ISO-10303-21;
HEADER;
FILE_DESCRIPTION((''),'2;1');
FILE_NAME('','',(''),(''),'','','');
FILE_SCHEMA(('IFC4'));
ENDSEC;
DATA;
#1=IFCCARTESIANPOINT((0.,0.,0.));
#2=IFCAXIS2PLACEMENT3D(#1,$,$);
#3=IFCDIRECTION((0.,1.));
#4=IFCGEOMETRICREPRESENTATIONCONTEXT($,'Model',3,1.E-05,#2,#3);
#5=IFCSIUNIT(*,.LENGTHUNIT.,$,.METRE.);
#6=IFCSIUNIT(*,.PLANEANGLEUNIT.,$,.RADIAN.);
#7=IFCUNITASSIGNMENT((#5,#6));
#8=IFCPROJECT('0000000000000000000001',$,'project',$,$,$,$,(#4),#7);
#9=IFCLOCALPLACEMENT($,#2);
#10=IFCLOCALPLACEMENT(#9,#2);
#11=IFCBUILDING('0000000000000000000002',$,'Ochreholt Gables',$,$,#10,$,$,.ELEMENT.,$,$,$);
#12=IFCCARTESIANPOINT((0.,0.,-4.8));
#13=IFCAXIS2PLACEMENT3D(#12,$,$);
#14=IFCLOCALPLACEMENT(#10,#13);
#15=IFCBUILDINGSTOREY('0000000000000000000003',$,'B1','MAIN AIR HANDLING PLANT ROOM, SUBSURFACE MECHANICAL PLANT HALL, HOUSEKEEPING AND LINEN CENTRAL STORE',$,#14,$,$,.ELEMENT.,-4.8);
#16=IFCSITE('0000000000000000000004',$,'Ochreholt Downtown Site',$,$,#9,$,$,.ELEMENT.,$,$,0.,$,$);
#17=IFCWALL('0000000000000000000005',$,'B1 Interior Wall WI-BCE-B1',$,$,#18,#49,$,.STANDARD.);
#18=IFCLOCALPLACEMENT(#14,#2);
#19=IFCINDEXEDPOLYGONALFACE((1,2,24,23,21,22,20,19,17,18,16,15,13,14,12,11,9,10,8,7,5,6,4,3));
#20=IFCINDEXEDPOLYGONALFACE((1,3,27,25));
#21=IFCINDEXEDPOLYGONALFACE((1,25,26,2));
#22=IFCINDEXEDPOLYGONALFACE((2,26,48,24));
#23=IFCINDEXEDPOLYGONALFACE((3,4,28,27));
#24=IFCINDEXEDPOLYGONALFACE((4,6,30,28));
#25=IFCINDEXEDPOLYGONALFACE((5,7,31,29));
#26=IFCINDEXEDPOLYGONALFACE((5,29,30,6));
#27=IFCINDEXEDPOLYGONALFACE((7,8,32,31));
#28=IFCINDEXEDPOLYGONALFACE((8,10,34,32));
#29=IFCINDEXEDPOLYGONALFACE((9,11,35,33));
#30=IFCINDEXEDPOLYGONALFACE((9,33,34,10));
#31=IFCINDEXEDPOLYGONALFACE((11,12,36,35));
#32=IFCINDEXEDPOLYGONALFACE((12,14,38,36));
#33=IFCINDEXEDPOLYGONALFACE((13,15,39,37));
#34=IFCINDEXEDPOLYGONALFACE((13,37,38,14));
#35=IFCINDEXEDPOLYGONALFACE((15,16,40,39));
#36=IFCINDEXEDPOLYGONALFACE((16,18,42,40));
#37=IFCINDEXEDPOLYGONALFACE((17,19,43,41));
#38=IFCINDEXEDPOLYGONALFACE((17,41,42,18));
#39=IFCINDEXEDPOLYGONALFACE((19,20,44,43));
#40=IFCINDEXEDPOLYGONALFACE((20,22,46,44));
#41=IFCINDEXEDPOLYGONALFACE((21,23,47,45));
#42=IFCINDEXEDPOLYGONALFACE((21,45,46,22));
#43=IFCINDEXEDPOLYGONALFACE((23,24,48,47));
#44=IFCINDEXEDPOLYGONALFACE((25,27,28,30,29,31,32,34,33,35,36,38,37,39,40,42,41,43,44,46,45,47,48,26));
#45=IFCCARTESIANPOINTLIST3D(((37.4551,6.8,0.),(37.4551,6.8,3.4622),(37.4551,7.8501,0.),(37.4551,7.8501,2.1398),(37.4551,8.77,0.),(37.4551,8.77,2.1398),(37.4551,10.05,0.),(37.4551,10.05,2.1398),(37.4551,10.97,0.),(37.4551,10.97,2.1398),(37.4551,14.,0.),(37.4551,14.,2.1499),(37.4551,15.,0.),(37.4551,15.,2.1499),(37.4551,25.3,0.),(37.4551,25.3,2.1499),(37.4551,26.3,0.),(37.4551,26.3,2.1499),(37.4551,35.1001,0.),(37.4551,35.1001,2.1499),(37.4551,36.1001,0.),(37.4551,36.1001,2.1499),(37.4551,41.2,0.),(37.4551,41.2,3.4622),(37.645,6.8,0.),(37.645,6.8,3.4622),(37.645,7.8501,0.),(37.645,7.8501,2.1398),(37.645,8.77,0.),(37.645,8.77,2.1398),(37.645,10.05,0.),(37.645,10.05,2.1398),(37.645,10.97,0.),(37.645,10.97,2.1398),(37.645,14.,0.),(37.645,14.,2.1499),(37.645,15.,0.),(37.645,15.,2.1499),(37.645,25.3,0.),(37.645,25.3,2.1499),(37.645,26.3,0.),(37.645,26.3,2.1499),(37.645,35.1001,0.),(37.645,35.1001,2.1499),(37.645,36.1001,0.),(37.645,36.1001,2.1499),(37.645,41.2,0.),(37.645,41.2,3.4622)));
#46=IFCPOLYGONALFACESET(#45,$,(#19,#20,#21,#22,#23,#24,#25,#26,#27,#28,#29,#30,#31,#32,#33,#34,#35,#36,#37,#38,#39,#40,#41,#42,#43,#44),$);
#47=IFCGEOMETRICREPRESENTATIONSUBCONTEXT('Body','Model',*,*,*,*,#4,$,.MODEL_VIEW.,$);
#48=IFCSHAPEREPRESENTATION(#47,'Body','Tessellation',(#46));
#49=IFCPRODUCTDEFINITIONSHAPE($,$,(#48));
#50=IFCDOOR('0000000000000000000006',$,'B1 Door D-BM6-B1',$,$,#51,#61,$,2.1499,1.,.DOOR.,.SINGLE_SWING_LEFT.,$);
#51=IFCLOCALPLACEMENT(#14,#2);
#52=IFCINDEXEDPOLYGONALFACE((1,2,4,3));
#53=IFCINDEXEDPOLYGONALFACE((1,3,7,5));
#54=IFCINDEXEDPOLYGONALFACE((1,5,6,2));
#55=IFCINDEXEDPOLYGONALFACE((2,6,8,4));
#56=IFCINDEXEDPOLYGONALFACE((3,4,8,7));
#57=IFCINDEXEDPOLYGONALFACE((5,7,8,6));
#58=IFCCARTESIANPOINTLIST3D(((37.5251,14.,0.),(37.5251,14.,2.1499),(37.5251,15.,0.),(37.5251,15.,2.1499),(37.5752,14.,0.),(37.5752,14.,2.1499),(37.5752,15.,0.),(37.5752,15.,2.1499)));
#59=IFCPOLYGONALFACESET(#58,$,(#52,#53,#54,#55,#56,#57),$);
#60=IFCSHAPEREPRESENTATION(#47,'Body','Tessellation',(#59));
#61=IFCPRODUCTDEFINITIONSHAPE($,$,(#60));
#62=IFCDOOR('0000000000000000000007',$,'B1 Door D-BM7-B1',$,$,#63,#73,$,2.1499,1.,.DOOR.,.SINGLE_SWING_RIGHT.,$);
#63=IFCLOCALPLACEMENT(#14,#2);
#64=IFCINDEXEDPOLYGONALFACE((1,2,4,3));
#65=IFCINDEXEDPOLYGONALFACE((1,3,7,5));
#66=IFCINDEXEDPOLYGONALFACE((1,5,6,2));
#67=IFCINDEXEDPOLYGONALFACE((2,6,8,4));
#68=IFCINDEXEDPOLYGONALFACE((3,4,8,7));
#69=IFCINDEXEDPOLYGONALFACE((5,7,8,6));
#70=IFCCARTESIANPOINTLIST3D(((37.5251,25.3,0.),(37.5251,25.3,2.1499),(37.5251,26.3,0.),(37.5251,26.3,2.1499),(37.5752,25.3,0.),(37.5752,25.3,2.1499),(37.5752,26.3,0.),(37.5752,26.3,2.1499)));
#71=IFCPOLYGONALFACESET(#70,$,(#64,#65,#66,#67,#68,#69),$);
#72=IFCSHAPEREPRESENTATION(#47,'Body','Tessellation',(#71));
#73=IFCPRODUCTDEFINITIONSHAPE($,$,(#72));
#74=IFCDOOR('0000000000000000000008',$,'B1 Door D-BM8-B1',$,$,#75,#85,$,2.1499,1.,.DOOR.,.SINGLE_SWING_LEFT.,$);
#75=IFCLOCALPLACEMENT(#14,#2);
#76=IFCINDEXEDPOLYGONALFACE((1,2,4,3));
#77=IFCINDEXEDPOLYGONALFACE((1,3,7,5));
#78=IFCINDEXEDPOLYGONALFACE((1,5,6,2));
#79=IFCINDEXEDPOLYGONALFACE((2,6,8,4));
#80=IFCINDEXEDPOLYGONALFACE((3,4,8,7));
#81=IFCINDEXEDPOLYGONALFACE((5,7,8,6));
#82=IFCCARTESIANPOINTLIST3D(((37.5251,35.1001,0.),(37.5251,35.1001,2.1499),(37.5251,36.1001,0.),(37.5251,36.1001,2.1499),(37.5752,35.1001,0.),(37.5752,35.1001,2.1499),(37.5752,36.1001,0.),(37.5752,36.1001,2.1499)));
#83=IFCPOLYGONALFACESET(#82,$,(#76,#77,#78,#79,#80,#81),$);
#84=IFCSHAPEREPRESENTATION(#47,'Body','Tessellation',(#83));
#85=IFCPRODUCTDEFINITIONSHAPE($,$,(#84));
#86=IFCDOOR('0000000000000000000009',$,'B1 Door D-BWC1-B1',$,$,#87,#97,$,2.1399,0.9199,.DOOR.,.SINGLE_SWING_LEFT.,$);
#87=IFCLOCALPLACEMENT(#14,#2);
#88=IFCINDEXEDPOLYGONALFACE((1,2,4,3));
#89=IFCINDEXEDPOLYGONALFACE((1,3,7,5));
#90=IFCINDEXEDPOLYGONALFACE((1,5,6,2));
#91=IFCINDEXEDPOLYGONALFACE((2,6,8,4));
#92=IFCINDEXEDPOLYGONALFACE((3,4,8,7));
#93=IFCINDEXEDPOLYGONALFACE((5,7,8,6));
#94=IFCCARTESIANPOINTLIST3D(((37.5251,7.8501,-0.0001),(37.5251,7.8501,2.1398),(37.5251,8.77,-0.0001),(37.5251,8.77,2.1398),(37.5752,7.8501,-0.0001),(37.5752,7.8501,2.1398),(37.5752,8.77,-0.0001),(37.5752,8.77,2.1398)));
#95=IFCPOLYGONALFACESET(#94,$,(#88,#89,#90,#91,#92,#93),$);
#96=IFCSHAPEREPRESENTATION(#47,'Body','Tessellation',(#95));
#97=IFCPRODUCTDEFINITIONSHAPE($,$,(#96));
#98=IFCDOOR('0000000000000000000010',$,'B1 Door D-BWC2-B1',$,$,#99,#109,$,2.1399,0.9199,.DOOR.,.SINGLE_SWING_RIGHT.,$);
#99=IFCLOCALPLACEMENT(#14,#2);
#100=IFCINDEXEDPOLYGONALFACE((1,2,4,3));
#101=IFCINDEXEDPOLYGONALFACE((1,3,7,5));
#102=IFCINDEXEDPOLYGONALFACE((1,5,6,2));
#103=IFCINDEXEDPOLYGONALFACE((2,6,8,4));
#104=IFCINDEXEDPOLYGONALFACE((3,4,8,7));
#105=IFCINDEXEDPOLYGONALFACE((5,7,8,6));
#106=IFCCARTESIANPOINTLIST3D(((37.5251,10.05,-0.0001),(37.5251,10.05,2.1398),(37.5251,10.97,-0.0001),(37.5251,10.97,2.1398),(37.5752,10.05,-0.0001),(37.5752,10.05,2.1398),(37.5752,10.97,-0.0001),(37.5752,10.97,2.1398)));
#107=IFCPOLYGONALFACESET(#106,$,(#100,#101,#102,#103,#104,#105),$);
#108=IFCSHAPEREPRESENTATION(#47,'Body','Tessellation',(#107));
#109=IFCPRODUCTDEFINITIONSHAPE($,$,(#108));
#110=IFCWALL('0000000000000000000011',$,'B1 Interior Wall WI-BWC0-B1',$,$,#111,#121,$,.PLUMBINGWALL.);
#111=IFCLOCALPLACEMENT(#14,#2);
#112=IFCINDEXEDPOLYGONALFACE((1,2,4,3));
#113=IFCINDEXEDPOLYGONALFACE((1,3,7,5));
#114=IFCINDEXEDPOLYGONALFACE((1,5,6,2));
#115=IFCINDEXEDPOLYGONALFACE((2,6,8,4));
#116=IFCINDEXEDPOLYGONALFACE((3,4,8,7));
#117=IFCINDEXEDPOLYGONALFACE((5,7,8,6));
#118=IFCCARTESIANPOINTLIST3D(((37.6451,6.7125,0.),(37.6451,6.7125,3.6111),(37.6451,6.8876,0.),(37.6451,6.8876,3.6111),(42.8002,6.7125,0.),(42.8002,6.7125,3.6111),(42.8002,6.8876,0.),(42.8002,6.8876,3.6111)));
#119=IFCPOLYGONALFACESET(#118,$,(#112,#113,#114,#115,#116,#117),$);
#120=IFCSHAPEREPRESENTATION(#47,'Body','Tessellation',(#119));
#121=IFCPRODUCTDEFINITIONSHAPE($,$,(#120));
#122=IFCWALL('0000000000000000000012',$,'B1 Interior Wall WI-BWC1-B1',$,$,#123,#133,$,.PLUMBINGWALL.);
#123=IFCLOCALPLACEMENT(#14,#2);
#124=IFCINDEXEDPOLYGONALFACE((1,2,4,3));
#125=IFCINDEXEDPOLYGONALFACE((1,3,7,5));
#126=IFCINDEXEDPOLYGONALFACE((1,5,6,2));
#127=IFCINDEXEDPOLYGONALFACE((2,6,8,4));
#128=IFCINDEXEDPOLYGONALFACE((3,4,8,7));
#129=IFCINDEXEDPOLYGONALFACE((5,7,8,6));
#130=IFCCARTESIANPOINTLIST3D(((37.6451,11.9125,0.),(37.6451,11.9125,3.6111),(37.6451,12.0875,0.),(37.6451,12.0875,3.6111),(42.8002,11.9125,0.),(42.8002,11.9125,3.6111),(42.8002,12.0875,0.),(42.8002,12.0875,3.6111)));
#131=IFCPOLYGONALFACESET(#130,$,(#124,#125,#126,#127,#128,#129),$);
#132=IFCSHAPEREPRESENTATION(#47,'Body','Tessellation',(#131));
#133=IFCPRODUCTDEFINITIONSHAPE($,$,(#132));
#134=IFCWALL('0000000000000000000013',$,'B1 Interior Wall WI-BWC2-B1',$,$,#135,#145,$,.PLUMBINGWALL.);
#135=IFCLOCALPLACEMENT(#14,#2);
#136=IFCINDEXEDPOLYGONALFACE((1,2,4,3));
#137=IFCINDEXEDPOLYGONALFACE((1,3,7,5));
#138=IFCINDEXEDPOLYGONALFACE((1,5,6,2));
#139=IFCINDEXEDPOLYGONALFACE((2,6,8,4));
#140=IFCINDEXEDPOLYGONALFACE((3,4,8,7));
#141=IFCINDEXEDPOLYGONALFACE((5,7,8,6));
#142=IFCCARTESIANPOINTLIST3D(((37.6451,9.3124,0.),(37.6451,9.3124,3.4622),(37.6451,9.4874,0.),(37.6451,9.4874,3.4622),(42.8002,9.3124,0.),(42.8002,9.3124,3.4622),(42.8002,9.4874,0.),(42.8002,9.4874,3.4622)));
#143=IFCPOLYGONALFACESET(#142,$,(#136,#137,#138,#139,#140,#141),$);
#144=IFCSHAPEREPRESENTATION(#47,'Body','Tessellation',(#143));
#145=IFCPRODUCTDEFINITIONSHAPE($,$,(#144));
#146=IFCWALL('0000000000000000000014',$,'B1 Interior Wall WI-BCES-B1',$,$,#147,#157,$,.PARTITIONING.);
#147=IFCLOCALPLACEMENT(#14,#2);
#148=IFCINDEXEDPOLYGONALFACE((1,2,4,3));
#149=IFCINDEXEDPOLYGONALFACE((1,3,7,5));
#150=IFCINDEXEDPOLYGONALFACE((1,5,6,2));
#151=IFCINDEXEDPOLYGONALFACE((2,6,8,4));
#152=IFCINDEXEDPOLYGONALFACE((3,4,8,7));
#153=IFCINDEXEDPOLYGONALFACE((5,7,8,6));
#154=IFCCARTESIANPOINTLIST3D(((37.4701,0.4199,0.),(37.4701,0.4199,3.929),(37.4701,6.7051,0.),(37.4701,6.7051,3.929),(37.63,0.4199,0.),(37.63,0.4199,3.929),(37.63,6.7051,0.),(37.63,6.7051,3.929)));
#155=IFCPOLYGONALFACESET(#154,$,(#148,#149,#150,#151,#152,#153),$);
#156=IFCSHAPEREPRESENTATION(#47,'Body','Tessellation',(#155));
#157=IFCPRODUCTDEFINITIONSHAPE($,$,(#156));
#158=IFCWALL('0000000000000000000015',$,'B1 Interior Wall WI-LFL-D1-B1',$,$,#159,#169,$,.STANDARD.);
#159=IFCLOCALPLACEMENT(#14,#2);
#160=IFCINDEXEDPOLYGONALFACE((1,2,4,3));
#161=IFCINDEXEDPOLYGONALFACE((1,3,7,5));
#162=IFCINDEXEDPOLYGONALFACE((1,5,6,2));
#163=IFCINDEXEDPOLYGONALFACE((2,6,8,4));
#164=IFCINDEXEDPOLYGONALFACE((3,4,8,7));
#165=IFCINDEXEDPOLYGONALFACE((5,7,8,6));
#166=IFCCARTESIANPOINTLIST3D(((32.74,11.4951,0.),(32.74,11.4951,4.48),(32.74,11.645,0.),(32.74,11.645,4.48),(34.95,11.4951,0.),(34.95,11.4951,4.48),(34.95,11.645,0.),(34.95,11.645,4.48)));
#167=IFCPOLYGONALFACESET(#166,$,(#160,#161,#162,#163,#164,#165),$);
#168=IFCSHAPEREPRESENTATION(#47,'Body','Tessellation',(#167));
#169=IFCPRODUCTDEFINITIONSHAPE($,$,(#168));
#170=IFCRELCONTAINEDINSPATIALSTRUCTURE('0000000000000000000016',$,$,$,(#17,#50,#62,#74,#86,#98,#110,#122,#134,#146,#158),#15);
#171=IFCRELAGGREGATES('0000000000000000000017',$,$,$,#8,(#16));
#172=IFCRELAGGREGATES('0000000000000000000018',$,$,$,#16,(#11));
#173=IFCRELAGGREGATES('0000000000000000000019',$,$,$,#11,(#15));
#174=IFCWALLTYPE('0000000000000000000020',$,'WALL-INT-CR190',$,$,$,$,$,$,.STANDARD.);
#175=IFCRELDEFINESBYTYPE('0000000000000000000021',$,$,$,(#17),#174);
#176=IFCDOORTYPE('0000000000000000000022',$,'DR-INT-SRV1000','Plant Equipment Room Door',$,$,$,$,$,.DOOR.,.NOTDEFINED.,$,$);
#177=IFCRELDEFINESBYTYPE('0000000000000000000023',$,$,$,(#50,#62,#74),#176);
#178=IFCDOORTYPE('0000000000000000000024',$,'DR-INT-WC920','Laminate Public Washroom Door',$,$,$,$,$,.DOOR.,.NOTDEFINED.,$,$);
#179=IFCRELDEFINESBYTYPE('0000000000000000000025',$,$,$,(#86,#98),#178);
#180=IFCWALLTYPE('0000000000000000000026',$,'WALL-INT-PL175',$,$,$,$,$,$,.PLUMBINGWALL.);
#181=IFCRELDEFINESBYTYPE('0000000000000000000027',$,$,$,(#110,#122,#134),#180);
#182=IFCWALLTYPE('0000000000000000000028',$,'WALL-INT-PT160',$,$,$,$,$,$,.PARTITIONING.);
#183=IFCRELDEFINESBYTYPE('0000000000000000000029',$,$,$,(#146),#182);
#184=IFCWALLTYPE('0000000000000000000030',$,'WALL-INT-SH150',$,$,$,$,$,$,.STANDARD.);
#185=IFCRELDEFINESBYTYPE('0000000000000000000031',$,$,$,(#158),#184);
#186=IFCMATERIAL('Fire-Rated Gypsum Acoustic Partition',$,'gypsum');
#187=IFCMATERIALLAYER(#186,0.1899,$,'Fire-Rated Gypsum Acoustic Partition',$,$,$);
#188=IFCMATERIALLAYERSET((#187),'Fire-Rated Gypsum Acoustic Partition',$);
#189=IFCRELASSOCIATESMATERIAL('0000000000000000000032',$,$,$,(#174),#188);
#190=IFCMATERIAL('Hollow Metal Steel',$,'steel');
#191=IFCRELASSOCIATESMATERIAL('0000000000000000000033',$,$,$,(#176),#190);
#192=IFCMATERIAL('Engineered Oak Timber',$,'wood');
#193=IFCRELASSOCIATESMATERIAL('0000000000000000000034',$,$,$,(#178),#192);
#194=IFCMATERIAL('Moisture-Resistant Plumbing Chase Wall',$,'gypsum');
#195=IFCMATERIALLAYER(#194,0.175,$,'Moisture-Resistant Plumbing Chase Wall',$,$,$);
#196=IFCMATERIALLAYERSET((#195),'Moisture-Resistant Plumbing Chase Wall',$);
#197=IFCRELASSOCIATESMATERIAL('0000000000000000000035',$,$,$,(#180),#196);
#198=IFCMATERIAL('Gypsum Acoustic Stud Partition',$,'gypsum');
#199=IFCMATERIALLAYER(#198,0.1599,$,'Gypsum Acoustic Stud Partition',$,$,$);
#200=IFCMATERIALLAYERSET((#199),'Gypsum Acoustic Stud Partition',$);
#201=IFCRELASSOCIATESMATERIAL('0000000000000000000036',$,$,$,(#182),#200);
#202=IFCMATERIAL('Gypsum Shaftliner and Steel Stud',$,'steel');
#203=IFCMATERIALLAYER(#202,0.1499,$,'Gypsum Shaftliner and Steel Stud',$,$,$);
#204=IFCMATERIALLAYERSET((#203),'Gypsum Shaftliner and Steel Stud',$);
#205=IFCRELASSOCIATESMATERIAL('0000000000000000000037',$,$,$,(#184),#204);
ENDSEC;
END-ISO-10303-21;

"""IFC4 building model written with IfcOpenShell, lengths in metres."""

from ifc_helpers import new_model, si_unit, direction, frame, frame_2d, origin, place, context, subcontext, project, spatial, rectangle, extrude, material, layer, layer_set, type_object, element, fill, save


model = new_model("IFC4")

# Units and contexts
model_context = context("Model", 3, precision=1e-05, world=origin(), true_north=direction((0.0, 1.0)))
body_context = subcontext(model_context, "Body", "Model", "MODEL_VIEW")
ifc_project = project(units=[si_unit("LENGTHUNIT", "METRE"), si_unit("PLANEANGLEUNIT", "RADIAN")], contexts=[model_context])

# Site, building, storey
site_placement = place(None, origin())
site = spatial("IfcSite", under=ifc_project, at=site_placement, Name="Ochreholt Downtown Site", CompositionType="ELEMENT", RefElevation=0.0)
building_placement = place(site_placement, origin())
building = spatial("IfcBuilding", under=site, at=building_placement, Name="Ochreholt Gables", CompositionType="ELEMENT")
storey_placement = place(building_placement, frame((0.0, 0.0, -4.8)))
storey = spatial("IfcBuildingStorey", under=building, at=storey_placement, Name="B1", Description="MAIN AIR HANDLING PLANT ROOM, SUBSURFACE MECHANICAL PLANT HALL, HOUSEKEEPING AND LINEN CENTRAL STORE", CompositionType="ELEMENT", Elevation=-4.8)

# Wall, openings, doors
ifc_material_1 = material(Name="Fire-Rated Gypsum Acoustic Partition", Category="gypsum")
ifc_layer_1 = layer(ifc_material_1, 0.1899, Name="Fire-Rated Gypsum Acoustic Partition")
ifc_layer_set_1 = layer_set([ifc_layer_1], Name="Fire-Rated Gypsum Acoustic Partition")
wall_type_1 = type_object("IfcWallType", Name="WALL-INT-CR190", PredefinedType="STANDARD", material=ifc_layer_set_1)
wall_1_placement = place(storey_placement, frame((37.55, 6.8, 0.0), z_axis=(0.0, 0.0, 1.0), x_axis=(0.0, 1.0, 0.0)))
wall_1 = element("IfcWall", 1, at=wall_1_placement, inside=storey, type_object=wall_type_1, Name="B1 Interior Wall WI-BCE-B1", PredefinedType="STANDARD", context=body_context, shape_type="SweptSolid", body=[
    extrude(rectangle(XDim=34.3999, YDim=0.1899, at=frame_2d((17.2, 0.0))), origin(), (0.0, 0.0, 1.0), 3.4622),
])
opening_1_placement = place(wall_1_placement, frame((1.05, 0.0, 0.0)))
opening_1 = element("IfcOpeningElement", 2, at=opening_1_placement, cuts=wall_1, PredefinedType="OPENING", context=body_context, shape_type="SweptSolid", body=[
    extrude(rectangle(XDim=0.9199, YDim=2.1399, at=frame_2d((0.46, 1.0698))), frame((0.0, 0.105, 0.0), z_axis=(0.0, -1.0, 0.0), x_axis=(1.0, 0.0, 0.0)), (0.0, 0.0, 1.0), 0.21),
])
opening_2_placement = place(wall_1_placement, frame((3.25, 0.0, 0.0)))
opening_2 = element("IfcOpeningElement", 3, at=opening_2_placement, cuts=wall_1, PredefinedType="OPENING", context=body_context, shape_type="SweptSolid", body=[
    extrude(rectangle(XDim=0.9199, YDim=2.1399, at=frame_2d((0.46, 1.0698))), frame((0.0, 0.105, 0.0), z_axis=(0.0, -1.0, 0.0), x_axis=(1.0, 0.0, 0.0)), (0.0, 0.0, 1.0), 0.21),
])
opening_3_placement = place(wall_1_placement, frame((7.2, 0.0, 0.0)))
opening_3 = element("IfcOpeningElement", 4, at=opening_3_placement, cuts=wall_1, PredefinedType="OPENING", context=body_context, shape_type="SweptSolid", body=[
    extrude(rectangle(XDim=1.0, YDim=2.1499, at=frame_2d((0.5, 1.075))), frame((0.0, 0.105, 0.0), z_axis=(0.0, -1.0, 0.0), x_axis=(1.0, 0.0, 0.0)), (0.0, 0.0, 1.0), 0.21),
])
opening_4_placement = place(wall_1_placement, frame((18.5, 0.0, 0.0)))
opening_4 = element("IfcOpeningElement", 5, at=opening_4_placement, cuts=wall_1, PredefinedType="OPENING", context=body_context, shape_type="SweptSolid", body=[
    extrude(rectangle(XDim=1.0, YDim=2.1499, at=frame_2d((0.5, 1.075))), frame((0.0, 0.105, 0.0), z_axis=(0.0, -1.0, 0.0), x_axis=(1.0, 0.0, 0.0)), (0.0, 0.0, 1.0), 0.21),
])
opening_5_placement = place(wall_1_placement, frame((28.3, 0.0, 0.0)))
opening_5 = element("IfcOpeningElement", 6, at=opening_5_placement, cuts=wall_1, PredefinedType="OPENING", context=body_context, shape_type="SweptSolid", body=[
    extrude(rectangle(XDim=1.0, YDim=2.1499, at=frame_2d((0.5, 1.075))), frame((0.0, 0.105, 0.0), z_axis=(0.0, -1.0, 0.0), x_axis=(1.0, 0.0, 0.0)), (0.0, 0.0, 1.0), 0.21),
])
ifc_material_2 = material(Name="Hollow Metal Steel", Category="steel")
door_type_1 = type_object("IfcDoorType", Name="DR-INT-SRV1000", Description="Plant Equipment Room Door", OperationType="NOTDEFINED", PredefinedType="DOOR", material=ifc_material_2)
door_1_placement = place(opening_3_placement, origin())
door_1 = element("IfcDoor", 7, at=door_1_placement, inside=storey, type_object=door_type_1, Name="B1 Door D-BM6-B1", OperationType="SINGLE_SWING_LEFT", OverallHeight=2.1499, OverallWidth=1.0, PredefinedType="DOOR", context=body_context, shape_type="SweptSolid", body=[
    extrude(rectangle(XDim=1.0, YDim=2.1499, at=frame_2d((0.5, 1.075))), frame((0.0, 0.0249, 0.0), z_axis=(0.0, -1.0, 0.0), x_axis=(1.0, 0.0, 0.0)), (0.0, 0.0, 1.0), 0.05),
])
fill(opening_3, door_1)
door_2_placement = place(opening_4_placement, origin())
door_2 = element("IfcDoor", 8, at=door_2_placement, inside=storey, type_object=door_type_1, Name="B1 Door D-BM7-B1", OperationType="SINGLE_SWING_RIGHT", OverallHeight=2.1499, OverallWidth=1.0, PredefinedType="DOOR", context=body_context, shape_type="SweptSolid", body=[
    extrude(rectangle(XDim=1.0, YDim=2.1499, at=frame_2d((0.5, 1.075))), frame((0.0, 0.0249, 0.0), z_axis=(0.0, -1.0, 0.0), x_axis=(1.0, 0.0, 0.0)), (0.0, 0.0, 1.0), 0.05),
])
fill(opening_4, door_2)
door_3_placement = place(opening_5_placement, origin())
door_3 = element("IfcDoor", 9, at=door_3_placement, inside=storey, type_object=door_type_1, Name="B1 Door D-BM8-B1", OperationType="SINGLE_SWING_LEFT", OverallHeight=2.1499, OverallWidth=1.0, PredefinedType="DOOR", context=body_context, shape_type="SweptSolid", body=[
    extrude(rectangle(XDim=1.0, YDim=2.1499, at=frame_2d((0.5, 1.075))), frame((0.0, 0.0249, 0.0), z_axis=(0.0, -1.0, 0.0), x_axis=(1.0, 0.0, 0.0)), (0.0, 0.0, 1.0), 0.05),
])
fill(opening_5, door_3)
ifc_material_3 = material(Name="Engineered Oak Timber", Category="wood")
door_type_2 = type_object("IfcDoorType", Name="DR-INT-WC920", Description="Laminate Public Washroom Door", OperationType="NOTDEFINED", PredefinedType="DOOR", material=ifc_material_3)
door_4_placement = place(opening_1_placement, origin())
door_4 = element("IfcDoor", 10, at=door_4_placement, inside=storey, type_object=door_type_2, Name="B1 Door D-BWC1-B1", OperationType="SINGLE_SWING_LEFT", OverallHeight=2.1399, OverallWidth=0.9199, PredefinedType="DOOR", context=body_context, shape_type="SweptSolid", body=[
    extrude(rectangle(XDim=0.9199, YDim=2.1399, at=frame_2d((0.46, 1.0698))), frame((0.0, 0.0249, 0.0), z_axis=(0.0, -1.0, 0.0), x_axis=(1.0, 0.0, 0.0)), (0.0, 0.0, 1.0), 0.05),
])
fill(opening_1, door_4)
door_5_placement = place(opening_2_placement, origin())
door_5 = element("IfcDoor", 11, at=door_5_placement, inside=storey, type_object=door_type_2, Name="B1 Door D-BWC2-B1", OperationType="SINGLE_SWING_RIGHT", OverallHeight=2.1399, OverallWidth=0.9199, PredefinedType="DOOR", context=body_context, shape_type="SweptSolid", body=[
    extrude(rectangle(XDim=0.9199, YDim=2.1399, at=frame_2d((0.46, 1.0698))), frame((0.0, 0.0249, 0.0), z_axis=(0.0, -1.0, 0.0), x_axis=(1.0, 0.0, 0.0)), (0.0, 0.0, 1.0), 0.05),
])
fill(opening_2, door_5)

# Walls
ifc_material_4 = material(Name="Moisture-Resistant Plumbing Chase Wall", Category="gypsum")
ifc_layer_2 = layer(ifc_material_4, 0.175, Name="Moisture-Resistant Plumbing Chase Wall")
ifc_layer_set_2 = layer_set([ifc_layer_2], Name="Moisture-Resistant Plumbing Chase Wall")
wall_type_2 = type_object("IfcWallType", Name="WALL-INT-PL175", PredefinedType="PLUMBINGWALL", material=ifc_layer_set_2)
for number, where, z_axis, x_axis, name in (
    (12, (37.645, 6.8, 0.0), (0.0, 0.0, 1.0), (1.0, 0.0, 0.0), "B1 Interior Wall WI-BWC0-B1"),
    (13, (37.645, 12.0, 0.0), (0.0, 0.0, 1.0), (1.0, 0.0, 0.0), "B1 Interior Wall WI-BWC1-B1"),
):
    element("IfcWall", number, at=place(storey_placement, frame(where, z_axis=z_axis, x_axis=x_axis)), inside=storey, type_object=wall_type_2, Name=name, PredefinedType="PLUMBINGWALL", context=body_context, shape_type="SweptSolid", body=[
        extrude(rectangle(XDim=5.155, YDim=0.175, at=frame_2d((2.5776, 0.0))), origin(), (0.0, 0.0, 1.0), 3.6111),
    ])
wall_2_placement = place(storey_placement, frame((37.645, 9.3999, 0.0), z_axis=(0.0, 0.0, 1.0), x_axis=(1.0, 0.0, 0.0)))
element("IfcWall", 14, at=wall_2_placement, inside=storey, type_object=wall_type_2, Name="B1 Interior Wall WI-BWC2-B1", PredefinedType="PLUMBINGWALL", context=body_context, shape_type="SweptSolid", body=[
    extrude(rectangle(XDim=5.155, YDim=0.175, at=frame_2d((2.5776, 0.0))), origin(), (0.0, 0.0, 1.0), 3.4622),
])
ifc_material_5 = material(Name="Gypsum Acoustic Stud Partition", Category="gypsum")
ifc_layer_3 = layer(ifc_material_5, 0.1599, Name="Gypsum Acoustic Stud Partition")
ifc_layer_set_3 = layer_set([ifc_layer_3], Name="Gypsum Acoustic Stud Partition")
wall_type_3 = type_object("IfcWallType", Name="WALL-INT-PT160", PredefinedType="PARTITIONING", material=ifc_layer_set_3)
wall_3_placement = place(storey_placement, frame((37.55, 0.4199, 0.0), z_axis=(0.0, 0.0, 1.0), x_axis=(0.0, 1.0, 0.0)))
element("IfcWall", 15, at=wall_3_placement, inside=storey, type_object=wall_type_3, Name="B1 Interior Wall WI-BCES-B1", PredefinedType="PARTITIONING", context=body_context, shape_type="SweptSolid", body=[
    extrude(rectangle(XDim=6.2852, YDim=0.1599, at=frame_2d((3.1426, 0.0))), origin(), (0.0, 0.0, 1.0), 3.929),
])
ifc_material_6 = material(Name="Gypsum Shaftliner and Steel Stud", Category="steel")
ifc_layer_4 = layer(ifc_material_6, 0.1499, Name="Gypsum Shaftliner and Steel Stud")
ifc_layer_set_4 = layer_set([ifc_layer_4], Name="Gypsum Shaftliner and Steel Stud")
wall_type_4 = type_object("IfcWallType", Name="WALL-INT-SH150", PredefinedType="STANDARD", material=ifc_layer_set_4)
wall_4_placement = place(storey_placement, frame((32.74, 11.5701, 0.0), z_axis=(0.0, 0.0, 1.0), x_axis=(1.0, 0.0, 0.0)))
element("IfcWall", 16, at=wall_4_placement, inside=storey, type_object=wall_type_4, Name="B1 Interior Wall WI-LFL-D1-B1", PredefinedType="STANDARD", context=body_context, shape_type="SweptSolid", body=[
    extrude(rectangle(XDim=2.21, YDim=0.1499, at=frame_2d((1.105, 0.0))), origin(), (0.0, 0.0, 1.0), 4.48),
])

save(model, "model.ifc")
